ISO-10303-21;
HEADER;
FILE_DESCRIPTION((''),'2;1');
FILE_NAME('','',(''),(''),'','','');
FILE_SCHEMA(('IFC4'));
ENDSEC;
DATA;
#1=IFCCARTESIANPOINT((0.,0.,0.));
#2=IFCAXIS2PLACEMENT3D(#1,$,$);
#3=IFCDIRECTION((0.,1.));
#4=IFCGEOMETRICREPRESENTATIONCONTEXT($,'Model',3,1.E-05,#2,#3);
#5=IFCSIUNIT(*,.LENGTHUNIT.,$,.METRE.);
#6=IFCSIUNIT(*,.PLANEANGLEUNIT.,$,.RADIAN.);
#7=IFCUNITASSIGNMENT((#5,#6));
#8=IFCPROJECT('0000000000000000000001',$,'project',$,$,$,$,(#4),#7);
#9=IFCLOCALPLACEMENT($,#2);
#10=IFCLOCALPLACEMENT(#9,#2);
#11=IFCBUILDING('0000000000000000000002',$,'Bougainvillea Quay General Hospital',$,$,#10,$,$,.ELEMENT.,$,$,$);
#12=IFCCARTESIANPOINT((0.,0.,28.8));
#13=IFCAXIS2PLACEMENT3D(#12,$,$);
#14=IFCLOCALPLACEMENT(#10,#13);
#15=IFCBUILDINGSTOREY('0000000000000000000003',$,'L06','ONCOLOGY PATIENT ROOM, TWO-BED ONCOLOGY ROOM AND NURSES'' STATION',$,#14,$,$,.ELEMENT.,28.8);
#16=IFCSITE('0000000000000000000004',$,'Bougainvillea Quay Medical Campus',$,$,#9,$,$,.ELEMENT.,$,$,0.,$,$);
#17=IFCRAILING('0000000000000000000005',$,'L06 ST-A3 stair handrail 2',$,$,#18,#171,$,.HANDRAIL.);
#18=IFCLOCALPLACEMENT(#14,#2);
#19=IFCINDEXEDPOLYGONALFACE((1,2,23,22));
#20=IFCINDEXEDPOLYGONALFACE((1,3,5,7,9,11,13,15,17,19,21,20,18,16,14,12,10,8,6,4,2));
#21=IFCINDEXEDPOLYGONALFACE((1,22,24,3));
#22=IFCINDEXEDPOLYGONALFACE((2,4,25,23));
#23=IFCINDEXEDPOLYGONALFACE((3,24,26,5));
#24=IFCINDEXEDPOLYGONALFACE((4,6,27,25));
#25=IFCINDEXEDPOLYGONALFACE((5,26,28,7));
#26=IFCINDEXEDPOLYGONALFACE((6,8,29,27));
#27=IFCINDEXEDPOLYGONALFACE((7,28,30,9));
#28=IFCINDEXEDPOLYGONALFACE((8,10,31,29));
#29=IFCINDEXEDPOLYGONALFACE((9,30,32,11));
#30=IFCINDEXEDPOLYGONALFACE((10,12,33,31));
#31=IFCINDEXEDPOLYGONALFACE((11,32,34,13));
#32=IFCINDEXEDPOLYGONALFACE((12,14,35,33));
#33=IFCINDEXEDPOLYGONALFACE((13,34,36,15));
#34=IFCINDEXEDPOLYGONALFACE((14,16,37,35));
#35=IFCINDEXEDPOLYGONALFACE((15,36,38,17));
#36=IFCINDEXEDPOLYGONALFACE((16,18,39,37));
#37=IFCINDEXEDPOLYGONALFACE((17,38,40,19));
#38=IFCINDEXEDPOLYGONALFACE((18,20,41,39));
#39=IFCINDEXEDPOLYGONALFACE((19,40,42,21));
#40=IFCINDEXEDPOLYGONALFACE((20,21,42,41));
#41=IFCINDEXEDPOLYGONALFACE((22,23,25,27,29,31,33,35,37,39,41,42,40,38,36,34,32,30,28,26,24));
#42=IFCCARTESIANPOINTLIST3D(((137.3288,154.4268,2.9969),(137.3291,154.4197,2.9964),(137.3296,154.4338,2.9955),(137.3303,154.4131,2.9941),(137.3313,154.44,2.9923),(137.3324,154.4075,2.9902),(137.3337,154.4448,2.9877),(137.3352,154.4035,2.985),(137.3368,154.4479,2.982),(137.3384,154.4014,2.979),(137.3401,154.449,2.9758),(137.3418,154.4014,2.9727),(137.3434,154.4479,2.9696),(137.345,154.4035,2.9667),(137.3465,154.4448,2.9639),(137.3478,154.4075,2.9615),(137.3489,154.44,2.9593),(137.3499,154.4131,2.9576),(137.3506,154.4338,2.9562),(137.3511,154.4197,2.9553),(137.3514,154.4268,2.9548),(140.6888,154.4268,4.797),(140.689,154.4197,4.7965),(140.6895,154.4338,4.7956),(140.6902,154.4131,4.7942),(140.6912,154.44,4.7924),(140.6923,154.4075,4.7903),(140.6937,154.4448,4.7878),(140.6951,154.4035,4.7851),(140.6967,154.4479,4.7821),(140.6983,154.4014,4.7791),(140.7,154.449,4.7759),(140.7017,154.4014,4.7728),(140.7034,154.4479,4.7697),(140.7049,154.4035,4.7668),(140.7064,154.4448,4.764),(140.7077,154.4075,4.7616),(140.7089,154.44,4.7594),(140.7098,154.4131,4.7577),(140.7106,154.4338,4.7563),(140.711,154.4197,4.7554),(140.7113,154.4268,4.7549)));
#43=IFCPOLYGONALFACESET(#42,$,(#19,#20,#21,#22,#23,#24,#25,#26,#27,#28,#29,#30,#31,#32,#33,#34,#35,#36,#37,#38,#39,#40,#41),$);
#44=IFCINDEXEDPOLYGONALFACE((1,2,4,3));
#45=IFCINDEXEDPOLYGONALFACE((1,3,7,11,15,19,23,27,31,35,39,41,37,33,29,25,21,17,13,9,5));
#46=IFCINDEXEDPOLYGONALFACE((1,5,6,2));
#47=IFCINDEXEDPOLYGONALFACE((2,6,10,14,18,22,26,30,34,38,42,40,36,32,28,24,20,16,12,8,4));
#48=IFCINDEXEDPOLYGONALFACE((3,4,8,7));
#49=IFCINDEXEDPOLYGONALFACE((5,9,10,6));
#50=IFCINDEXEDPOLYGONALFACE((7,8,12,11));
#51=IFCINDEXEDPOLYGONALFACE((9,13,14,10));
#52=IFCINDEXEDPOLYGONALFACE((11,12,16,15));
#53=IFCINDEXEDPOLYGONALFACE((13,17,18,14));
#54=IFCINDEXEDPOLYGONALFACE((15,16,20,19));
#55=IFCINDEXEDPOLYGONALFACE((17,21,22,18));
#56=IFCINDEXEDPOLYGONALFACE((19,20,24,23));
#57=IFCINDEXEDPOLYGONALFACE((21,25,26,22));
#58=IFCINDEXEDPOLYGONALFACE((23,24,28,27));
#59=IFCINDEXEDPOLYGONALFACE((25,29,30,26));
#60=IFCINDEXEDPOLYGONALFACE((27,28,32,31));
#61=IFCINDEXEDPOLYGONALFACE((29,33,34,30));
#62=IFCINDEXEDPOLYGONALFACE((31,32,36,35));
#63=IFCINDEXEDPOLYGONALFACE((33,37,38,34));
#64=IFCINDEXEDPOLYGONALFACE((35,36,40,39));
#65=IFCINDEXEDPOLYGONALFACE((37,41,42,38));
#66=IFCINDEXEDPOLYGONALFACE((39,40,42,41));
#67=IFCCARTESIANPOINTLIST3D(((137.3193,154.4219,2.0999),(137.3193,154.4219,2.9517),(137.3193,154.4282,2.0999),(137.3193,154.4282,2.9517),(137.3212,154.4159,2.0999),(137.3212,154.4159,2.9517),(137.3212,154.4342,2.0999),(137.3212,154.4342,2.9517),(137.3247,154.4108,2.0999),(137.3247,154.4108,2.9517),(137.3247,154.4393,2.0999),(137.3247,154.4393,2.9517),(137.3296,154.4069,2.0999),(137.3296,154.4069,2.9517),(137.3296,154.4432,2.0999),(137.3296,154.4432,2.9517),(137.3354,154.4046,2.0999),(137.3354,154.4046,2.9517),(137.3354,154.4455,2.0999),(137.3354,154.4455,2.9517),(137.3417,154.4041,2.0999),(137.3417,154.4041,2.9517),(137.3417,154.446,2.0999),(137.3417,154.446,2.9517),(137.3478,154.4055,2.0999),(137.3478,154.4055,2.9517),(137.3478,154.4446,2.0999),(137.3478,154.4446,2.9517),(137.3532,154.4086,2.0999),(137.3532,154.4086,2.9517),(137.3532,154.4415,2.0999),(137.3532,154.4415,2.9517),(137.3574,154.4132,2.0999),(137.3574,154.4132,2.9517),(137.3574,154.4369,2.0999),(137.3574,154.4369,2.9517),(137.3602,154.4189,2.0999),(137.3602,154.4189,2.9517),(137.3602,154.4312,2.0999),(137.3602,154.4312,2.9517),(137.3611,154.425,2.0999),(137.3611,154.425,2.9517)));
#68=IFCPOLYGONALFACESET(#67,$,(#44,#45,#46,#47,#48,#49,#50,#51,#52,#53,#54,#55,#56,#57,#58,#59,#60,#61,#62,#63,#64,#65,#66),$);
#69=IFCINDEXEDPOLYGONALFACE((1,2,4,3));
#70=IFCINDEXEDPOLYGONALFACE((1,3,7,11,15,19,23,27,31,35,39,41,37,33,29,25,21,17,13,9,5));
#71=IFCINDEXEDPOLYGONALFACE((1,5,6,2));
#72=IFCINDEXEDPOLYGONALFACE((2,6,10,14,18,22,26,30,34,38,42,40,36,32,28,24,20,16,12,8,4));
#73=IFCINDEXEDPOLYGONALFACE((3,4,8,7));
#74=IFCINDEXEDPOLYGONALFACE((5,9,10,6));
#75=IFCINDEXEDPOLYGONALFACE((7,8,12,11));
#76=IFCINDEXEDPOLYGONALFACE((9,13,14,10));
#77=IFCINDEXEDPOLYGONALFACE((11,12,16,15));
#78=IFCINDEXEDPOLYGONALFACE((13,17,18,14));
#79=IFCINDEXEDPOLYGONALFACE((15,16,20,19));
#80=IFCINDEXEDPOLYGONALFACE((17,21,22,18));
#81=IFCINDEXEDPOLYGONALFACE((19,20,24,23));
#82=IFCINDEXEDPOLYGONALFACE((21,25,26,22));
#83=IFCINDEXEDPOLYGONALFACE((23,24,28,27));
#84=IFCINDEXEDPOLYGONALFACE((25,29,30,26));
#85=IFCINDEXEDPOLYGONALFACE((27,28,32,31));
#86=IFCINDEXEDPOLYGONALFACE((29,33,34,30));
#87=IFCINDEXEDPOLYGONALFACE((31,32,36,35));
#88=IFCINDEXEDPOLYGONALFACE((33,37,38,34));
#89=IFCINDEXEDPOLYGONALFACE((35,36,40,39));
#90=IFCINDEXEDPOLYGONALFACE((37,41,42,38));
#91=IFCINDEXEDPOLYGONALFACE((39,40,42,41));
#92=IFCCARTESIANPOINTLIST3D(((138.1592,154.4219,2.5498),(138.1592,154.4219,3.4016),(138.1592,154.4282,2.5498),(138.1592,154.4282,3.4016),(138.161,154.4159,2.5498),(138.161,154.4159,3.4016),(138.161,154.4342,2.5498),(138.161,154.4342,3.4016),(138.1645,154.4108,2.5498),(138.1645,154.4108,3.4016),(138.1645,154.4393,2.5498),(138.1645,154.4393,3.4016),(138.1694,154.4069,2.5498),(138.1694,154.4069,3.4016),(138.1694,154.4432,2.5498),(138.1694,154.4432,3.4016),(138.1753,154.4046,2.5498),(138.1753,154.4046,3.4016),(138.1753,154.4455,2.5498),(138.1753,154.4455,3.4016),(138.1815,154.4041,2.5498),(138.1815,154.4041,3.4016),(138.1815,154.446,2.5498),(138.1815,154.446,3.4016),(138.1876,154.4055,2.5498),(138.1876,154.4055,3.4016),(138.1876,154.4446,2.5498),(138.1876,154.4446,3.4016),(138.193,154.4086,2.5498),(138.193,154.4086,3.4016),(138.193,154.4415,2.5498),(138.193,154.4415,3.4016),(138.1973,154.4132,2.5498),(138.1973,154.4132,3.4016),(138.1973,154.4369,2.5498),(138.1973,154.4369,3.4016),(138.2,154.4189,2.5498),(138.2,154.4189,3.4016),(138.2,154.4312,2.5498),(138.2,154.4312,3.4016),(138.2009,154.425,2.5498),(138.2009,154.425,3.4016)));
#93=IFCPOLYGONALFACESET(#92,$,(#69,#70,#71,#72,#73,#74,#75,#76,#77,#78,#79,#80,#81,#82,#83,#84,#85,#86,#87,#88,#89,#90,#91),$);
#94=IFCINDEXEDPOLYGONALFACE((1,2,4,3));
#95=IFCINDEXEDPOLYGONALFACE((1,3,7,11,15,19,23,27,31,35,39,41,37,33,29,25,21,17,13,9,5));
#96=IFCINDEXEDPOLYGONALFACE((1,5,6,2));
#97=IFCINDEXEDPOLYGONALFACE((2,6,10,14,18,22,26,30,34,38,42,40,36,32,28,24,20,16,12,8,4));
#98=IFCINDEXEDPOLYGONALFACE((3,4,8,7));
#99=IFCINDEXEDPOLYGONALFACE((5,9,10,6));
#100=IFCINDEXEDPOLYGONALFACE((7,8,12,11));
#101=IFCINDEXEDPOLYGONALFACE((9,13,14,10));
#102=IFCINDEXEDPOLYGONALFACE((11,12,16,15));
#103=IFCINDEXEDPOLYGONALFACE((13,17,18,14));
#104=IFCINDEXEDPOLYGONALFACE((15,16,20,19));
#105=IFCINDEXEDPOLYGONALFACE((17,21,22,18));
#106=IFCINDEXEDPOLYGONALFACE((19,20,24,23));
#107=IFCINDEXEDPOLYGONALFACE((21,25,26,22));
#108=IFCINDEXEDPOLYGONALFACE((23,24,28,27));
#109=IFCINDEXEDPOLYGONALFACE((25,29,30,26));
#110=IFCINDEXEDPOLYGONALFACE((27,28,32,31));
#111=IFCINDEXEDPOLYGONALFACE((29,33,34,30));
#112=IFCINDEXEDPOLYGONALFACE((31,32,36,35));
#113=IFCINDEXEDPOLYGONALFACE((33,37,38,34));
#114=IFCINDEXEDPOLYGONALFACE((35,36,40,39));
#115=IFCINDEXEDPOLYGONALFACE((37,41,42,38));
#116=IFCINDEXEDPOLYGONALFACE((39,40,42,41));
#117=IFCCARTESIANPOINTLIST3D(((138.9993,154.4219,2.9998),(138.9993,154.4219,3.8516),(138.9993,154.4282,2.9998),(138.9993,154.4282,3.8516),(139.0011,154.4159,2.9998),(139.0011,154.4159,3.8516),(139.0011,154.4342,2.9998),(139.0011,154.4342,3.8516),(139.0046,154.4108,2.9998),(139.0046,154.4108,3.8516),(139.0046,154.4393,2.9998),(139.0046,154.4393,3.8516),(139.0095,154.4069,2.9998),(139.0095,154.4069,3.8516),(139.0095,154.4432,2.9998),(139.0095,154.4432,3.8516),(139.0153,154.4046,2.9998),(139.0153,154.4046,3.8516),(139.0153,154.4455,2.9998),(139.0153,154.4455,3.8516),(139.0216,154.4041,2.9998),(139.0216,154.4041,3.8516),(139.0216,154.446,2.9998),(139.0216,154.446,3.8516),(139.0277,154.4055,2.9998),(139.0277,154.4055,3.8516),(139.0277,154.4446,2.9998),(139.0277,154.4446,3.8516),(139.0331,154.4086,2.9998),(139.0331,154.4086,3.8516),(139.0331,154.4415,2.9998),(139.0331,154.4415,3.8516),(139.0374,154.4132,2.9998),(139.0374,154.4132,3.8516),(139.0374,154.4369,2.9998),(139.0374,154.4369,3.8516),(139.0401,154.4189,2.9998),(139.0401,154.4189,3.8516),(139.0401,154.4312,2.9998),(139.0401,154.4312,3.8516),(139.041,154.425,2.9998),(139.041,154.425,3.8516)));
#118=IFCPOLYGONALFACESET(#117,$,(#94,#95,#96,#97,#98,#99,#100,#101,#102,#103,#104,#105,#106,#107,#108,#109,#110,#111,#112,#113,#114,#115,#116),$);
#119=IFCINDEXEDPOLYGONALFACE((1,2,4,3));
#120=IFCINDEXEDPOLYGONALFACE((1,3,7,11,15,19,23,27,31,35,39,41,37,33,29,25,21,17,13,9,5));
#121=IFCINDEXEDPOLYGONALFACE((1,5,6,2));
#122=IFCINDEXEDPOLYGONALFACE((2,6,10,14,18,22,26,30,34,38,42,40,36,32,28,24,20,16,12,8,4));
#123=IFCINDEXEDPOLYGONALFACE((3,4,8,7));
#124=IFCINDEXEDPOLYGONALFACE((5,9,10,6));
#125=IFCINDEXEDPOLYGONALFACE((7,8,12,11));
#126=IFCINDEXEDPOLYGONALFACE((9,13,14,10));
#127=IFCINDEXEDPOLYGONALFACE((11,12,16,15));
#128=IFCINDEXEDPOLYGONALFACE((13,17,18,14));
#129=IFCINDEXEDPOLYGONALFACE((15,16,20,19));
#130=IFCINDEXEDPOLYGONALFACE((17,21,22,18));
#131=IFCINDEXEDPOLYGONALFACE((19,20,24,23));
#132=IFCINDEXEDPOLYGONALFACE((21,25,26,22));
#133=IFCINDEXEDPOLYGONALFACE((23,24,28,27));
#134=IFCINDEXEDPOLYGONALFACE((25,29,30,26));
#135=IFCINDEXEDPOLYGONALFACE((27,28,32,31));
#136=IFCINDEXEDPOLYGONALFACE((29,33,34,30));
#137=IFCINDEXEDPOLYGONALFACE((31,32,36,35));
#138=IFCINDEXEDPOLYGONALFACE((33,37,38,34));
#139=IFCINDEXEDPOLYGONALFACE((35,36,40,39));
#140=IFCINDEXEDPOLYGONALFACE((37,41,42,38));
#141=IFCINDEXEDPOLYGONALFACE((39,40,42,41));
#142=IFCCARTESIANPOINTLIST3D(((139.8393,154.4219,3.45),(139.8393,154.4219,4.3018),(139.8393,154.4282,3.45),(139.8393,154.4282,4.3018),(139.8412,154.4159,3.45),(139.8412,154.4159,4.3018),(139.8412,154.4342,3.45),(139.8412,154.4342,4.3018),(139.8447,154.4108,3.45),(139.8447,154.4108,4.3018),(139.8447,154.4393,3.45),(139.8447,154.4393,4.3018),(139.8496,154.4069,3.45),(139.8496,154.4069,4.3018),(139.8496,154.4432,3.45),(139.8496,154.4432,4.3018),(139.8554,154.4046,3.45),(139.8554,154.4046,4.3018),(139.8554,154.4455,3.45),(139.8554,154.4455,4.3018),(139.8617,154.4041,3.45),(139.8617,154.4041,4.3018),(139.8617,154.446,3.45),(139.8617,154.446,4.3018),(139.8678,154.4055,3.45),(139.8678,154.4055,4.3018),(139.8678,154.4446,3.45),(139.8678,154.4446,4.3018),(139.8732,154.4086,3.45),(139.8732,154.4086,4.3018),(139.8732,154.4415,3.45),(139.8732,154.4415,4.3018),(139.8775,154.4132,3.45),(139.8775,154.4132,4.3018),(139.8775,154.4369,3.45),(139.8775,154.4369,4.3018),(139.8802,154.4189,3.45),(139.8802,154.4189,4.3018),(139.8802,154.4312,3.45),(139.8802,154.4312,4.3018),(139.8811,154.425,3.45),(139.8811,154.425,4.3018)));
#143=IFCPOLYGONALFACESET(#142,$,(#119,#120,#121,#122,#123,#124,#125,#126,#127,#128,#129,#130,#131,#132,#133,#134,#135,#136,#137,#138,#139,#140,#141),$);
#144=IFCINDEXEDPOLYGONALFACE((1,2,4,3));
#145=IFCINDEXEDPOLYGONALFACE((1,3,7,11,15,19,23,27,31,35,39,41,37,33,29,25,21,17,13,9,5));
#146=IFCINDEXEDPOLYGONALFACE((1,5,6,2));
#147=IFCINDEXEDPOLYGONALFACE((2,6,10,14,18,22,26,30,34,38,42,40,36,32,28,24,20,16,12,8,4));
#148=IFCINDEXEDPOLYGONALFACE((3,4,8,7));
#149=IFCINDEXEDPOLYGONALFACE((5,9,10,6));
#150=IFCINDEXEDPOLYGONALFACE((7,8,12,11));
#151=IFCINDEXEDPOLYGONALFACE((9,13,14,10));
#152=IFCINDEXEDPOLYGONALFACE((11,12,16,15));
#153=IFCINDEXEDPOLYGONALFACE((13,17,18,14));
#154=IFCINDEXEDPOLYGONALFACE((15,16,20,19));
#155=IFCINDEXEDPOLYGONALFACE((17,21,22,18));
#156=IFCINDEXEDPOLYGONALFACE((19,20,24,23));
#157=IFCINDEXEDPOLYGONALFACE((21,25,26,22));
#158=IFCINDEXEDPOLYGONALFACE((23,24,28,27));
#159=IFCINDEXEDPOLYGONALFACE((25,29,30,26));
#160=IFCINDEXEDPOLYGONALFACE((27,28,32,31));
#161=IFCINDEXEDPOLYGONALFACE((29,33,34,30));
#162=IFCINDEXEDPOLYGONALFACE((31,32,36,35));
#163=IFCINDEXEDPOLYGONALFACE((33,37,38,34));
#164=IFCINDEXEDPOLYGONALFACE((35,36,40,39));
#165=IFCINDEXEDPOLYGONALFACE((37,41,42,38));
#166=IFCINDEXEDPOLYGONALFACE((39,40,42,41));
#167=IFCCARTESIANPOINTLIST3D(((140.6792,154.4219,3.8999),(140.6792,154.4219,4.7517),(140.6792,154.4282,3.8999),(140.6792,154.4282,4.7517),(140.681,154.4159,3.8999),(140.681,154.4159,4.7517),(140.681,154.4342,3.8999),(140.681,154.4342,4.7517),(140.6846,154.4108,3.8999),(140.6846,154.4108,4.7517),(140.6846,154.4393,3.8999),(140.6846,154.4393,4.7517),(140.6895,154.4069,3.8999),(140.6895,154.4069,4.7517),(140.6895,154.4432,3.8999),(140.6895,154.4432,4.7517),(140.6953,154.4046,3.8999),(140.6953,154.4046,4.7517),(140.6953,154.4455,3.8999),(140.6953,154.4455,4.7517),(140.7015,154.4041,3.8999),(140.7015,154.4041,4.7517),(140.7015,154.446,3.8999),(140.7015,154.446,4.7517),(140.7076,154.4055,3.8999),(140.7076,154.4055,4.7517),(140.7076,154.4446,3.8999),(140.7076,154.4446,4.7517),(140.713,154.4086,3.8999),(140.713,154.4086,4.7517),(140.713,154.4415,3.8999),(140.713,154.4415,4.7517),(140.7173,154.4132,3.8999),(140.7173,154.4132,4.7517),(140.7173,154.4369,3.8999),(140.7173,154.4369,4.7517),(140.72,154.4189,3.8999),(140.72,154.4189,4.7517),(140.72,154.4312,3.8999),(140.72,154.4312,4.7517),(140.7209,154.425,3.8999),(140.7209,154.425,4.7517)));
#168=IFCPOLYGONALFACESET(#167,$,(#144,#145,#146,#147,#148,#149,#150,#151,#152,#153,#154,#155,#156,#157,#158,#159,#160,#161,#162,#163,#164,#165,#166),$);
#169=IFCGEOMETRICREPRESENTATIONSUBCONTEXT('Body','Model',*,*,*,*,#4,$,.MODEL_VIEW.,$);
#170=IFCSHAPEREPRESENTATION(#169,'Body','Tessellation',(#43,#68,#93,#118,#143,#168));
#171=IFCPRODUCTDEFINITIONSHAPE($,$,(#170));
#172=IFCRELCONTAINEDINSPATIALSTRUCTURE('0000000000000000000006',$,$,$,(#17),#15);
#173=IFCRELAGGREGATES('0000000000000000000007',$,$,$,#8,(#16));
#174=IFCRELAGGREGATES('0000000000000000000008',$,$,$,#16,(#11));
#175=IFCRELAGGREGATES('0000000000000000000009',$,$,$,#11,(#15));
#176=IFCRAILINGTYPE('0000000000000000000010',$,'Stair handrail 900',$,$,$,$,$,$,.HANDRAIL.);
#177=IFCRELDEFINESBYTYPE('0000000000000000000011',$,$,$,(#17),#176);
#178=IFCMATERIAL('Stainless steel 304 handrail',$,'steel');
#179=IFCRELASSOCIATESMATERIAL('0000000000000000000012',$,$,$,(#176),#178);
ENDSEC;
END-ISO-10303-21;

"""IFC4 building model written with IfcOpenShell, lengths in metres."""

from ifc_helpers import new_model, si_unit, direction, frame, origin, origin_2d, place, context, subcontext, project, spatial, circle, extrude, material, type_object, element, save


model = new_model("IFC4")

# Units and contexts
model_context = context("Model", 3, precision=1e-05, world=origin(), true_north=direction((0.0, 1.0)))
body_context = subcontext(model_context, "Body", "Model", "MODEL_VIEW")
ifc_project = project(units=[si_unit("LENGTHUNIT", "METRE"), si_unit("PLANEANGLEUNIT", "RADIAN")], contexts=[model_context])

# Site, building, storey
site_placement = place(None, origin())
site = spatial("IfcSite", under=ifc_project, at=site_placement, Name="Bougainvillea Quay Medical Campus", CompositionType="ELEMENT", RefElevation=0.0)
building_placement = place(site_placement, origin())
building = spatial("IfcBuilding", under=site, at=building_placement, Name="Bougainvillea Quay General Hospital", CompositionType="ELEMENT")
storey_placement = place(building_placement, frame((0.0, 0.0, 28.8)))
storey = spatial("IfcBuildingStorey", under=building, at=storey_placement, Name="L06", Description="ONCOLOGY PATIENT ROOM, TWO-BED ONCOLOGY ROOM AND NURSES' STATION", CompositionType="ELEMENT", Elevation=28.8)

# Railing
ifc_material_1 = material(Name="Stainless steel 304 handrail", Category="steel")
railing_type_1 = type_object("IfcRailingType", Name="Stair handrail 900", PredefinedType="HANDRAIL", material=ifc_material_1)
railing_1_placement = place(storey_placement, frame((137.3401, 154.425, 2.0999)))
element("IfcRailing", 1, at=railing_1_placement, inside=storey, type_object=railing_type_1, Name="L06 ST-A3 stair handrail 2", PredefinedType="HANDRAIL", context=body_context, shape_type="SweptSolid", body=[
    extrude(circle(Radius=0.0239, at=origin_2d()), frame((0.0, 0.0, 0.876), z_axis=(0.881467, 0.0, 0.472246), x_axis=(0.0, 1.0, 0.0)), (0.0, 0.0, 1.0), 3.8118),
    extrude(circle(Radius=0.021, at=origin_2d()), origin(), (0.0, 0.0, 1.0), 0.8518),
    extrude(circle(Radius=0.021, at=origin_2d()), frame((0.8398, 0.0, 0.45)), (0.0, 0.0, 1.0), 0.8518),
    extrude(circle(Radius=0.021, at=origin_2d()), frame((1.6799, 0.0, 0.8999)), (0.0, 0.0, 1.0), 0.8518),
    extrude(circle(Radius=0.021, at=origin_2d()), frame((2.52, 0.0, 1.3501)), (0.0, 0.0, 1.0), 0.8518),
    extrude(circle(Radius=0.021, at=origin_2d()), frame((3.3599, 0.0, 1.8)), (0.0, 0.0, 1.0), 0.8518),
])

save(model, "model.ifc")
